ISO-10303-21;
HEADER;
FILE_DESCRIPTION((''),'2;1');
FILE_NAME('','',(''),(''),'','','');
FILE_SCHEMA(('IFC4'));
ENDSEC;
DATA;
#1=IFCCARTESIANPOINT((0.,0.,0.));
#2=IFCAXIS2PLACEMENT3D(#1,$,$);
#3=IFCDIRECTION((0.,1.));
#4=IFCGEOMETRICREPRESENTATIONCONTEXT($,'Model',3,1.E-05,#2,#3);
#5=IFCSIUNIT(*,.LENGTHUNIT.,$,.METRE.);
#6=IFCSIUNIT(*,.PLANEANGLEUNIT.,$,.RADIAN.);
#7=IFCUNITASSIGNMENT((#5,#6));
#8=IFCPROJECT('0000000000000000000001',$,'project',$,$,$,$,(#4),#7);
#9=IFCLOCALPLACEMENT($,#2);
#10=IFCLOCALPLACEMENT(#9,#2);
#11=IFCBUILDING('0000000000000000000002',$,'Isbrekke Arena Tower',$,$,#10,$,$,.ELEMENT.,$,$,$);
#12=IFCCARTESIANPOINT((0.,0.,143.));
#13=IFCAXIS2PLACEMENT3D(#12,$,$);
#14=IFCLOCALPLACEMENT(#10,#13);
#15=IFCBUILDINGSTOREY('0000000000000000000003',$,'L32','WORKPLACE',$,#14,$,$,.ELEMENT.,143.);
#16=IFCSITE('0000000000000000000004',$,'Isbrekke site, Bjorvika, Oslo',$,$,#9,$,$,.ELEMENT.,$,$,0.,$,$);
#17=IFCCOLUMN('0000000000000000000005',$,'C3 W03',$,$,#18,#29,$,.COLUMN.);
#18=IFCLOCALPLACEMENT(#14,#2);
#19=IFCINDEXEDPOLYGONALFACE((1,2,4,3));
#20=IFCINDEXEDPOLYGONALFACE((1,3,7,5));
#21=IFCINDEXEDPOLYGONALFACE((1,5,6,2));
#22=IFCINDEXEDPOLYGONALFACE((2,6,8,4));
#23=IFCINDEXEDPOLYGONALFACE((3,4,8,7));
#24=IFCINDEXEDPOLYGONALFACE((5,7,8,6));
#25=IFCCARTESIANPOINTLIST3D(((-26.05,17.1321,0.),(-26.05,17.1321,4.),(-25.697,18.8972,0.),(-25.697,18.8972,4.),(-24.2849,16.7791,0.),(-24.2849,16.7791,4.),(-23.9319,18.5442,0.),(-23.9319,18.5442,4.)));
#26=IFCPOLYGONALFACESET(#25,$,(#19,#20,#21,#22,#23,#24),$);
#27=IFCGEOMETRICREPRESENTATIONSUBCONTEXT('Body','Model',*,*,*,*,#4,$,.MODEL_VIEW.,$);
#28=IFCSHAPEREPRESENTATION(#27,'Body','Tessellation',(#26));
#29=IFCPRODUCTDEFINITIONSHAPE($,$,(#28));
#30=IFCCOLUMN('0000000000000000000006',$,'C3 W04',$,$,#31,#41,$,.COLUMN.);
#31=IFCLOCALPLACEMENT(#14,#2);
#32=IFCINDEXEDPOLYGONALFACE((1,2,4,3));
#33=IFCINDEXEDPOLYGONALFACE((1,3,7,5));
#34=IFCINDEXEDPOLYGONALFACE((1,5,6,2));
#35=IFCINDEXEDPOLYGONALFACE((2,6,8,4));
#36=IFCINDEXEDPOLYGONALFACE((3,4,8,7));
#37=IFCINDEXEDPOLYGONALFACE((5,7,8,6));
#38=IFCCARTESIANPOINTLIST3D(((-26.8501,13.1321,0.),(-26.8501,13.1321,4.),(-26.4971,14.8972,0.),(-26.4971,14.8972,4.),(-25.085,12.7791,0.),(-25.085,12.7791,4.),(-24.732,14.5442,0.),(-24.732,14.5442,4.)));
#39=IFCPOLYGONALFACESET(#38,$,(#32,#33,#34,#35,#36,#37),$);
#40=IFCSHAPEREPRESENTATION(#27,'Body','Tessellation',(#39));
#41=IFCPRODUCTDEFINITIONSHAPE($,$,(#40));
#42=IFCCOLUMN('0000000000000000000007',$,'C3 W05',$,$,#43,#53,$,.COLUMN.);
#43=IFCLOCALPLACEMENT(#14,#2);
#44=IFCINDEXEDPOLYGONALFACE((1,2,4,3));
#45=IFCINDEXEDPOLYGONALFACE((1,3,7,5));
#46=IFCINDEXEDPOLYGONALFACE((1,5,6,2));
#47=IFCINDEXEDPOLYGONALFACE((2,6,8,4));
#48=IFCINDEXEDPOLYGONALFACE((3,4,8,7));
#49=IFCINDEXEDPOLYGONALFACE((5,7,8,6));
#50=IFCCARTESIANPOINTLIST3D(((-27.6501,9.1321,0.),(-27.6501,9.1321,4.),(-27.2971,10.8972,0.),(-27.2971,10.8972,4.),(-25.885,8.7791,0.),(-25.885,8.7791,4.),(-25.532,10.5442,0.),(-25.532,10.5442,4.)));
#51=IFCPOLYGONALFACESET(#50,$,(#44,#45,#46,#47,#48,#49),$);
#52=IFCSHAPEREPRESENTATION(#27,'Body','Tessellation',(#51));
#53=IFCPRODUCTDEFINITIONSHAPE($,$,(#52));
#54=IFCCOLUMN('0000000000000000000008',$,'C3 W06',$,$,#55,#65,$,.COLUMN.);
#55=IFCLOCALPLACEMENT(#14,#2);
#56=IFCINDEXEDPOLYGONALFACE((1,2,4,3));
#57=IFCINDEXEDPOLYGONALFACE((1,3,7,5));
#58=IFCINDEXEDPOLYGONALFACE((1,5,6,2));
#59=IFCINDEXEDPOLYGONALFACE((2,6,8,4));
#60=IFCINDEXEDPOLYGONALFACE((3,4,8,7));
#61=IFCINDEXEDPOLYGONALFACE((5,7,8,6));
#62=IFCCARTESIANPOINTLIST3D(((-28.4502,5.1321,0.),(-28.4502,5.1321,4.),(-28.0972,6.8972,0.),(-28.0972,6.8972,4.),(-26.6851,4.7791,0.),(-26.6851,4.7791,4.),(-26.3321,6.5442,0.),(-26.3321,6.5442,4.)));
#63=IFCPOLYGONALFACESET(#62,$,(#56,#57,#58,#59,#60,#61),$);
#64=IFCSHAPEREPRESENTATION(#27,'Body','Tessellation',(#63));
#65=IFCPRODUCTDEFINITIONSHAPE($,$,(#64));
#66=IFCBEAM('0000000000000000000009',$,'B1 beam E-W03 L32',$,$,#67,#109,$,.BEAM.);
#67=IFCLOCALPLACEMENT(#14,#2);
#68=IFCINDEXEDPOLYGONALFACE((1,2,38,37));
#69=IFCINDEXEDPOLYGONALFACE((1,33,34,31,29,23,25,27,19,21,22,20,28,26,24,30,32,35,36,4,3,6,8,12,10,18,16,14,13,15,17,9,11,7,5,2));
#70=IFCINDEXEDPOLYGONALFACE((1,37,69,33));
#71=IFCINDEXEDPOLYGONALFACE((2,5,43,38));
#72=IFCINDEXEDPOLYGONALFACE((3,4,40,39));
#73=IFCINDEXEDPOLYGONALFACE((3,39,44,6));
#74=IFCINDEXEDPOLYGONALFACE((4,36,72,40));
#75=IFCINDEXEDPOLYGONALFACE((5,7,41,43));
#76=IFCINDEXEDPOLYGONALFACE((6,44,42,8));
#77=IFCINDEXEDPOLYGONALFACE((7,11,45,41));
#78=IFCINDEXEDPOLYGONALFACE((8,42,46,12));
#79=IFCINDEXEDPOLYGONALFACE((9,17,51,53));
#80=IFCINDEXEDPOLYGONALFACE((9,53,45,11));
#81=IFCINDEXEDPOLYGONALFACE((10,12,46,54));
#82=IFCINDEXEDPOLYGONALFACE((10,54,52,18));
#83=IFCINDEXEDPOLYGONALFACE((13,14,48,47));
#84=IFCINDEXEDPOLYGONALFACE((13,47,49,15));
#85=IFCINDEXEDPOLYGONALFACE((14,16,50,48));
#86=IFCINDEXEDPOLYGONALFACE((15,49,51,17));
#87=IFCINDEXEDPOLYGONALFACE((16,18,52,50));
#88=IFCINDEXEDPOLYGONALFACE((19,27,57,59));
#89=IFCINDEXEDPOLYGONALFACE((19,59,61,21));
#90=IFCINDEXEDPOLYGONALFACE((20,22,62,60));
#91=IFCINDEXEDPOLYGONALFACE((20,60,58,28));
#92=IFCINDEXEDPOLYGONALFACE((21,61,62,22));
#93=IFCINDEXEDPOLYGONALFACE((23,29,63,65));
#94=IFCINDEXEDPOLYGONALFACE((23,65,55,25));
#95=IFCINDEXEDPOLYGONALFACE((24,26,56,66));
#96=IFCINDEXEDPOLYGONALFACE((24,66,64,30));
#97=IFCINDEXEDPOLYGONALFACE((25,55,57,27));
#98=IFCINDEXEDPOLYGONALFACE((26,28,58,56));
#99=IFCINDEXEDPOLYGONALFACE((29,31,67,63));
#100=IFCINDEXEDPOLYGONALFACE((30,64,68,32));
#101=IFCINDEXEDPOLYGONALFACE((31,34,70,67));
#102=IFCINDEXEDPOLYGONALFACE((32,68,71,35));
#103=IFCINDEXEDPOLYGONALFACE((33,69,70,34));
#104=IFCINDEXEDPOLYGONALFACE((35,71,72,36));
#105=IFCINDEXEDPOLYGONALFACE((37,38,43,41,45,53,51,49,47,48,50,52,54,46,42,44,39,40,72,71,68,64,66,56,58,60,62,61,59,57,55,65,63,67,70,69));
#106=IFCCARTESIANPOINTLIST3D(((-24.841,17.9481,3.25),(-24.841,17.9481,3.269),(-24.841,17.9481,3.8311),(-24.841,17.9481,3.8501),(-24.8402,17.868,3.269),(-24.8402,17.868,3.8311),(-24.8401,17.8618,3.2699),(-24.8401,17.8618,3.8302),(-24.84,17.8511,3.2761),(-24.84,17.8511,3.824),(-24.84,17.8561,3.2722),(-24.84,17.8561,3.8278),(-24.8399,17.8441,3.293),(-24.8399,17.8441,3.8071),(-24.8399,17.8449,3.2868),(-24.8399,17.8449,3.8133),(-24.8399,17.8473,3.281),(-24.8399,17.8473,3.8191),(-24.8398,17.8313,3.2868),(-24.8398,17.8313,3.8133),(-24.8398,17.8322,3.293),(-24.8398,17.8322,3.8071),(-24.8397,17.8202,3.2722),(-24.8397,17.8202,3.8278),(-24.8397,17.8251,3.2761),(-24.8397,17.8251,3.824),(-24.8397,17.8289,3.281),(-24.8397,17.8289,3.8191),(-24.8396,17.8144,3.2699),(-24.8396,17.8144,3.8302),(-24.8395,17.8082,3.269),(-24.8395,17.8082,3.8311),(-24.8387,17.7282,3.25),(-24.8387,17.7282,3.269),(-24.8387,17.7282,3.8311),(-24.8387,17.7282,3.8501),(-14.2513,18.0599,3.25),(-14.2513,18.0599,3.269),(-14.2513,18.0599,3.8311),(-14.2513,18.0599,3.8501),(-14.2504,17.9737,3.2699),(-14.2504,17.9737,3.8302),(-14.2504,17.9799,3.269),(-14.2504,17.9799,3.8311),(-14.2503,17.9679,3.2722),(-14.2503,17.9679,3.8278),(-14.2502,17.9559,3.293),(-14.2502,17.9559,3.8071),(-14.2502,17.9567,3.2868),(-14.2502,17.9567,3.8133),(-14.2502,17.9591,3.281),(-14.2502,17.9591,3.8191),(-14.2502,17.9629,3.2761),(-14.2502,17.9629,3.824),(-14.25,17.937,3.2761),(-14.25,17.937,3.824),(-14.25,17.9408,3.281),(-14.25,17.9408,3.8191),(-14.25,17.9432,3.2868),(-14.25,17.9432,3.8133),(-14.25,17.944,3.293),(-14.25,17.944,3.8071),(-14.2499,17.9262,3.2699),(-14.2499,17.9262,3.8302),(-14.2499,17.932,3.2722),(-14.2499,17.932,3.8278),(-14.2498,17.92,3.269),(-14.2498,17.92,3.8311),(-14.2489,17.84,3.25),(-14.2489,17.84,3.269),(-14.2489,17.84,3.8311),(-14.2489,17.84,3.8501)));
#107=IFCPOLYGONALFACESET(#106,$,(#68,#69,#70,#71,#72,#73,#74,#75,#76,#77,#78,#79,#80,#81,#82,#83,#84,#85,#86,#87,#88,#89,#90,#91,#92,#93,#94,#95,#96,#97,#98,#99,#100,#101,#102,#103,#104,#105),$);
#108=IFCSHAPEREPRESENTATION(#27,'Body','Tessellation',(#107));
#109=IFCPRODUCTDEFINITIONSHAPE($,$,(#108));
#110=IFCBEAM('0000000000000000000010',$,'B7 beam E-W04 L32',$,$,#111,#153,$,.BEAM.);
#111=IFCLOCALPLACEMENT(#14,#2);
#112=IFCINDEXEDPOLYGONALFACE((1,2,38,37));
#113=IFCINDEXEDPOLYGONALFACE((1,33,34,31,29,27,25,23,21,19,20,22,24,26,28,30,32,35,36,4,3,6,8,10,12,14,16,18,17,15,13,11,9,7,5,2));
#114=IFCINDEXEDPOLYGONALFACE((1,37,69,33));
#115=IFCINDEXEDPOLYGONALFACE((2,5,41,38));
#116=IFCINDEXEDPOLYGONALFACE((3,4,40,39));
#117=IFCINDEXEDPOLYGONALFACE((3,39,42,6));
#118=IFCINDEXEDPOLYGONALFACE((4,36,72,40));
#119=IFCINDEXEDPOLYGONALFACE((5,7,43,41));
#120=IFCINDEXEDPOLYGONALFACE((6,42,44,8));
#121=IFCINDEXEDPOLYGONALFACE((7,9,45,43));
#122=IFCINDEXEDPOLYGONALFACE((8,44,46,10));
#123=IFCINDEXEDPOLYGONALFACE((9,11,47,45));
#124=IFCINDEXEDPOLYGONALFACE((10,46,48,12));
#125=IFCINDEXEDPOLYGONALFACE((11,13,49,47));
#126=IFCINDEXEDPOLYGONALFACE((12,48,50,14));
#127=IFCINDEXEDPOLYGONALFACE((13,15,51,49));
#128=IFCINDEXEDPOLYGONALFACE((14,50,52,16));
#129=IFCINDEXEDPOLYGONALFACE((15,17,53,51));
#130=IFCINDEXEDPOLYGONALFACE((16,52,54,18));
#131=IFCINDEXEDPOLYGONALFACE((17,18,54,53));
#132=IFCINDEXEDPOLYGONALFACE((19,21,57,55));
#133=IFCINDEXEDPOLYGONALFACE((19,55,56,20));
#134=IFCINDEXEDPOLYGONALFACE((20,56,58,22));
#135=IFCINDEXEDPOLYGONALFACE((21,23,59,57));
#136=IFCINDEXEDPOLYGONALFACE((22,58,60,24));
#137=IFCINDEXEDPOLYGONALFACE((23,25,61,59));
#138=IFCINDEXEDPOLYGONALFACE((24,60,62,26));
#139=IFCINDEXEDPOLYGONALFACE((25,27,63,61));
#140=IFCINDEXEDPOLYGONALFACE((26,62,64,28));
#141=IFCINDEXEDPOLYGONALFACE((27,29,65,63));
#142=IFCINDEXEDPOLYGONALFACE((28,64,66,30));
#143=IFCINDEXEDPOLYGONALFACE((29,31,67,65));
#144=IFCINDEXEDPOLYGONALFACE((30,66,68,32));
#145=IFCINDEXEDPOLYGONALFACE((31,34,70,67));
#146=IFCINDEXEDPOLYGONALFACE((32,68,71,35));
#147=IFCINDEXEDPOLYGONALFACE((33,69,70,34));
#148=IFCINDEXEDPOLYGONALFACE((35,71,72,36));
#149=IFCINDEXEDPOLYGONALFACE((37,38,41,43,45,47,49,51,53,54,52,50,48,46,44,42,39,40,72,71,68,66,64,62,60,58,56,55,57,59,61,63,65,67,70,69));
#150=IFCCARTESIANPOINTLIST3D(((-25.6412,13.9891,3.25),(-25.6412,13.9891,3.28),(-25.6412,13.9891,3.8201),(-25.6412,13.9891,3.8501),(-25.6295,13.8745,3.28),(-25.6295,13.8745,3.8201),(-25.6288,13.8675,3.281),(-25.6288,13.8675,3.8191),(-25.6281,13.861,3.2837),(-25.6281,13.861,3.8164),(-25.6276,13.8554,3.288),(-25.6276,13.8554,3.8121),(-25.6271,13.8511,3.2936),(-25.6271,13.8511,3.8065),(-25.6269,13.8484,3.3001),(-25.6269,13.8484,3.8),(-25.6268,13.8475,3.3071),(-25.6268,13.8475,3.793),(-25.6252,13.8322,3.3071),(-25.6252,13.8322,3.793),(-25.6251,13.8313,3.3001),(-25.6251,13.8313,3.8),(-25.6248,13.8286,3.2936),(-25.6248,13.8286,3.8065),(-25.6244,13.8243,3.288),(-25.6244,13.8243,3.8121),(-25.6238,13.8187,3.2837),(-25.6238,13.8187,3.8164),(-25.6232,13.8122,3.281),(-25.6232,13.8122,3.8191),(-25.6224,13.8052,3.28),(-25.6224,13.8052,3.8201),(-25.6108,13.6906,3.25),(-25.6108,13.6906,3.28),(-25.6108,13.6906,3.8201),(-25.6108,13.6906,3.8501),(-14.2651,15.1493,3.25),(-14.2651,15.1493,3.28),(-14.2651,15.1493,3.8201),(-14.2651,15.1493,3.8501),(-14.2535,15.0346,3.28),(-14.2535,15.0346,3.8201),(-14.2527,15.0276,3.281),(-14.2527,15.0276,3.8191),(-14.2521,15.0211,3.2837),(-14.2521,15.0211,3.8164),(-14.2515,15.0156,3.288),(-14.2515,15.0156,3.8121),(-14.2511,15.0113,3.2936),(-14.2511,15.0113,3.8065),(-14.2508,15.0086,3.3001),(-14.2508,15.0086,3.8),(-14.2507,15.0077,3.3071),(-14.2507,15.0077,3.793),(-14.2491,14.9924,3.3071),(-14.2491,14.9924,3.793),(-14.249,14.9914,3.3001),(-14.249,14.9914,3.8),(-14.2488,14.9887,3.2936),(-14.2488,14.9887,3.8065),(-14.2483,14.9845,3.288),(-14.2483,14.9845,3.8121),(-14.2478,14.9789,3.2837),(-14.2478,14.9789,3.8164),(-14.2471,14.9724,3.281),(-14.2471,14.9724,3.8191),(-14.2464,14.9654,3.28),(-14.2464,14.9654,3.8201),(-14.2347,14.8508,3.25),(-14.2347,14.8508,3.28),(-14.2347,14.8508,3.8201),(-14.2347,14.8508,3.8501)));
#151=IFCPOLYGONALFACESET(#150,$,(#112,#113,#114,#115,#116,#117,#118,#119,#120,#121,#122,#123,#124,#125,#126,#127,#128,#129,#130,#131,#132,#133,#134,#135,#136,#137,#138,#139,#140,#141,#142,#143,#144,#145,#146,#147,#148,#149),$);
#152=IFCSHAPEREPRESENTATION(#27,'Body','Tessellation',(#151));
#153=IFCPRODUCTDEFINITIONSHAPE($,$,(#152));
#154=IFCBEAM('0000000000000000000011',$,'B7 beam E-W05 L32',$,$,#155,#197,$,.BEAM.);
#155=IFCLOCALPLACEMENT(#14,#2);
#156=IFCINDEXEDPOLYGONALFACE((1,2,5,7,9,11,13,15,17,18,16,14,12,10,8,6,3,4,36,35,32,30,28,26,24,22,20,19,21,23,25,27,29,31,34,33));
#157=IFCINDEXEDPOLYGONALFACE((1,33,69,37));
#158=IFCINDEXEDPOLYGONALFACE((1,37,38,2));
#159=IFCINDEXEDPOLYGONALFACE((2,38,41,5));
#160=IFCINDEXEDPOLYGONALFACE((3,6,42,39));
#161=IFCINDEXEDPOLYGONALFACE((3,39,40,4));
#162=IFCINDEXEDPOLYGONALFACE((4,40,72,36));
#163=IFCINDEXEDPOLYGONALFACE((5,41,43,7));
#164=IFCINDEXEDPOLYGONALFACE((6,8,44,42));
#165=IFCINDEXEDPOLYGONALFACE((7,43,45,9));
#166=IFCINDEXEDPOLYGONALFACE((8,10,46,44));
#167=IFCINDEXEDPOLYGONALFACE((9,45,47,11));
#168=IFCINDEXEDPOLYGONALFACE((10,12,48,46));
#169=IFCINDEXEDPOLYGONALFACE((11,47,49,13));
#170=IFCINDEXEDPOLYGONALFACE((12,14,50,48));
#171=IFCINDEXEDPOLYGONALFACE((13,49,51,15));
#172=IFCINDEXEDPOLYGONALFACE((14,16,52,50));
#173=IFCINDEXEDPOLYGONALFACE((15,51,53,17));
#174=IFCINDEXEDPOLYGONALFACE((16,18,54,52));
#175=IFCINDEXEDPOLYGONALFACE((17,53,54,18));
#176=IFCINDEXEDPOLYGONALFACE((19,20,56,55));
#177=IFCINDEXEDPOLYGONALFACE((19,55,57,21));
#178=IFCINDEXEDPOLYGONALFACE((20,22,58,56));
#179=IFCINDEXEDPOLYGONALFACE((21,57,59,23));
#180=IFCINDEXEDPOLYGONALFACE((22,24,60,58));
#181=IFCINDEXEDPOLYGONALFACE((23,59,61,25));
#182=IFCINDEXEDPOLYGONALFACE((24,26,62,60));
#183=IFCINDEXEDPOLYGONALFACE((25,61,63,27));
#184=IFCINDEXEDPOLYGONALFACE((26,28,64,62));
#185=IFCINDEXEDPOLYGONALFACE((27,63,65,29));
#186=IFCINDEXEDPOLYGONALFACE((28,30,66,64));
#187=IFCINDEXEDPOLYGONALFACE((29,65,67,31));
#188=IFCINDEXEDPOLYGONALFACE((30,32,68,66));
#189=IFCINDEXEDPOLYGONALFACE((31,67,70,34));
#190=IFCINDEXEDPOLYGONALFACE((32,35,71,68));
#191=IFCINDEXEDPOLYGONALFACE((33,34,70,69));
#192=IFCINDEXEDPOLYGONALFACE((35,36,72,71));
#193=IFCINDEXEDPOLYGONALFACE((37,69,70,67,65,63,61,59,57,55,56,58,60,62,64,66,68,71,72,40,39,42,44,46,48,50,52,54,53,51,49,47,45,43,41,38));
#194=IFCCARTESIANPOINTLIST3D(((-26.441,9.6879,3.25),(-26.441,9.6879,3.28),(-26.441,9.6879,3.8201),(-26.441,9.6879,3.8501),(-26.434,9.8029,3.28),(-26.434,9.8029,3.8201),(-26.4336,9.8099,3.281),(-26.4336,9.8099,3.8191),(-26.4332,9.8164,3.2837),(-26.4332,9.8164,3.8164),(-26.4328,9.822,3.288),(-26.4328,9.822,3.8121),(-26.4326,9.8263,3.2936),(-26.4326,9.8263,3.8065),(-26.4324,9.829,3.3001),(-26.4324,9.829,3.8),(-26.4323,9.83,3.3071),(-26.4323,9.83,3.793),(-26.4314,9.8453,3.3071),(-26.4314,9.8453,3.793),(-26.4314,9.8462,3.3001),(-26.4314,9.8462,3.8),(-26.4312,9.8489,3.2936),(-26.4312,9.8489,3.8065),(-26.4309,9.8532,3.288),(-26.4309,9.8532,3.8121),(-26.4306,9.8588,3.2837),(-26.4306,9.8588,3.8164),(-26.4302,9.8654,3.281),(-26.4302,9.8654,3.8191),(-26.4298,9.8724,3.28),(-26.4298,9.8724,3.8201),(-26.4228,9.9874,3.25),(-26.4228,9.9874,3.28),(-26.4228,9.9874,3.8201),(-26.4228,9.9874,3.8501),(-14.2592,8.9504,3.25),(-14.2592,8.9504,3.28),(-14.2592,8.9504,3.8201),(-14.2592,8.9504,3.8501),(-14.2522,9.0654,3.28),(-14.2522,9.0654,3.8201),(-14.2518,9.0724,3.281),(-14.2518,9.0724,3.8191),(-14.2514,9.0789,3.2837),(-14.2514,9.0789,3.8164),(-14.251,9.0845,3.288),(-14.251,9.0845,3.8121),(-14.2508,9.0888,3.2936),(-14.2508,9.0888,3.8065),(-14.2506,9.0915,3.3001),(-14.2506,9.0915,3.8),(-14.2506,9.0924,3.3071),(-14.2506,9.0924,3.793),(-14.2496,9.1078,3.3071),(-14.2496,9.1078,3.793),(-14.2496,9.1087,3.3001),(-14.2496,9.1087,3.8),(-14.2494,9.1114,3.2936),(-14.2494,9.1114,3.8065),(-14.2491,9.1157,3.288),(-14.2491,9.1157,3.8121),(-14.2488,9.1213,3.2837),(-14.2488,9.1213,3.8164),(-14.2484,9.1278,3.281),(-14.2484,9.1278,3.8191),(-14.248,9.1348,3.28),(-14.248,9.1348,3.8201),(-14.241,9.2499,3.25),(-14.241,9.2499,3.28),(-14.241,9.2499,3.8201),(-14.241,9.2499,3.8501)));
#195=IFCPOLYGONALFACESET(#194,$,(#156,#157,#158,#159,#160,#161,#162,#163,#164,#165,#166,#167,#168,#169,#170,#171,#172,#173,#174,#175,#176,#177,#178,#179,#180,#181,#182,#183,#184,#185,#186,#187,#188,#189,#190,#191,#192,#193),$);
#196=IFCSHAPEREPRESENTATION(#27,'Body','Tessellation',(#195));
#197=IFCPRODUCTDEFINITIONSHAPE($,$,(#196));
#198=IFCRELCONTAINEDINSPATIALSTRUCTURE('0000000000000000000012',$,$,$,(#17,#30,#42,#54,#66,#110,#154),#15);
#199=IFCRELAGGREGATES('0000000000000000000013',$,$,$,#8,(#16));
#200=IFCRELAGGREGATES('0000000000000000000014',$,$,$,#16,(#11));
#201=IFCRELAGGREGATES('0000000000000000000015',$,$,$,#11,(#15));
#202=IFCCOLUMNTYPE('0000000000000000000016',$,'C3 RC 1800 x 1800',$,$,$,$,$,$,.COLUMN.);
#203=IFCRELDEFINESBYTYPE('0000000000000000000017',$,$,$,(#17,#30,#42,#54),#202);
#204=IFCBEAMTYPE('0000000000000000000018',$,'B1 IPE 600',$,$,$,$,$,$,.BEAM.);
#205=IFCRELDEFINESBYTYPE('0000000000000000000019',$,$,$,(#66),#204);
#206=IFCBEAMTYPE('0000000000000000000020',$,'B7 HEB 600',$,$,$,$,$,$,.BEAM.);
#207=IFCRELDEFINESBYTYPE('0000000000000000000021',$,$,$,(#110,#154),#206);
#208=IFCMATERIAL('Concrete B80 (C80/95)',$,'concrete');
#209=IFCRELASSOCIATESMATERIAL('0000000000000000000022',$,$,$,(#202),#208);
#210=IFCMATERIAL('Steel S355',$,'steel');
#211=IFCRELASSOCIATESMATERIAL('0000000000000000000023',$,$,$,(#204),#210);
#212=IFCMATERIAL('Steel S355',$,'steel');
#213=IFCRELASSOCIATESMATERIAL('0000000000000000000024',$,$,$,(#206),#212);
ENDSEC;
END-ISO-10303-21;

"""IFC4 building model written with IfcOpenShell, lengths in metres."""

from ifc_helpers import new_model, si_unit, direction, frame, origin, origin_2d, place, context, subcontext, project, spatial, rectangle, i_section, extrude, material, material_profile, profile_set, type_object, element, save


model = new_model("IFC4")

# Units and contexts
model_context = context("Model", 3, precision=1e-05, world=origin(), true_north=direction((0.0, 1.0)))
body_context = subcontext(model_context, "Body", "Model", "MODEL_VIEW")
ifc_project = project(units=[si_unit("LENGTHUNIT", "METRE"), si_unit("PLANEANGLEUNIT", "RADIAN")], contexts=[model_context])

# Site, building, storey
site_placement = place(None, origin())
site = spatial("IfcSite", under=ifc_project, at=site_placement, Name="Isbrekke site, Bjorvika, Oslo", CompositionType="ELEMENT", RefElevation=0.0)
building_placement = place(site_placement, origin())
building = spatial("IfcBuilding", under=site, at=building_placement, Name="Isbrekke Arena Tower", CompositionType="ELEMENT")
storey_placement = place(building_placement, frame((0.0, 0.0, 143.0)))
storey = spatial("IfcBuildingStorey", under=building, at=storey_placement, Name="L32", Description="WORKPLACE", CompositionType="ELEMENT", Elevation=143.0)

# Columns
ifc_material_1 = material(Name="Concrete B80 (C80/95)", Category="concrete")
ifc_material_profile_1 = material_profile(ifc_material_1, rectangle(XDim=1.8, YDim=1.8, at=origin_2d()), Name="RC 1800x1800")
ifc_profile_set_1 = profile_set([ifc_material_profile_1], Name="Concrete B80 (C80/95)")
column_type = type_object("IfcColumnType", Name="C3 RC 1800 x 1800", PredefinedType="COLUMN", material=ifc_profile_set_1)
for number, where, z_axis, x_axis, name in (
    (1, (-24.991, 17.8381, 0.0), (0.0, 0.0, 1.0), (-0.196116, -0.980581, 0.0), "C3 W03"),
    (2, (-25.791, 13.8381, 0.0), (0.0, 0.0, 1.0), (-0.196116, -0.980581, 0.0), "C3 W04"),
    (3, (-26.5911, 9.8381, 0.0), (0.0, 0.0, 1.0), (-0.196116, -0.980581, 0.0), "C3 W05"),
    (4, (-27.3911, 5.8381, 0.0), (0.0, 0.0, 1.0), (-0.196116, -0.980581, 0.0), "C3 W06"),
):
    element("IfcColumn", number, at=place(storey_placement, frame(where, z_axis=z_axis, x_axis=x_axis)), inside=storey, type_object=column_type, Name=name, PredefinedType="COLUMN", context=body_context, shape_type="SweptSolid", body=[
        extrude(rectangle(XDim=1.8, YDim=1.8, at=origin_2d()), origin(), (0.0, 0.0, 1.0), 4.0),
    ])

# Beams
ifc_material_2 = material(Name="Steel S355", Category="steel")
ifc_material_profile_2 = material_profile(ifc_material_2, i_section(OverallWidth=0.22, OverallDepth=0.6001, WebThickness=0.012, FlangeThickness=0.019, FilletRadius=0.0239, at=origin_2d()), Name="IPE 600")
ifc_profile_set_2 = profile_set([ifc_material_profile_2], Name="Steel S355")
beam_type_1 = type_object("IfcBeamType", Name="B1 IPE 600", PredefinedType="BEAM", material=ifc_profile_set_2)
beam_1_placement = place(storey_placement, frame((-24.8398, 17.8381, 3.55), z_axis=(0.999944, 0.010558, 0.0), x_axis=(-0.010558, 0.999944, 0.0)))
element("IfcBeam", 5, at=beam_1_placement, inside=storey, type_object=beam_type_1, Name="B1 beam E-W03 L32", PredefinedType="BEAM", context=body_context, shape_type="SweptSolid", body=[
    extrude(i_section(OverallWidth=0.22, OverallDepth=0.6001, WebThickness=0.012, FlangeThickness=0.019, FilletRadius=0.0239, at=origin_2d()), origin(), (0.0, 0.0, 1.0), 10.5903),
])
ifc_material_3 = material(Name="Steel S355", Category="steel")
ifc_material_profile_3 = material_profile(ifc_material_3, i_section(OverallWidth=0.3, OverallDepth=0.6001, WebThickness=0.0154, FlangeThickness=0.03, FilletRadius=0.0271, at=origin_2d()), Name="HEB 600")
ifc_profile_set_3 = profile_set([ifc_material_profile_3], Name="Steel S355")
beam_type_2 = type_object("IfcBeamType", Name="B7 HEB 600", PredefinedType="BEAM", material=ifc_profile_set_3)
beam_2_placement = place(storey_placement, frame((-25.626, 13.8398, 3.55), z_axis=(0.99484, 0.101457, 0.0), x_axis=(-0.101457, 0.99484, 0.0)))
element("IfcBeam", 6, at=beam_2_placement, inside=storey, type_object=beam_type_2, Name="B7 beam E-W04 L32", PredefinedType="BEAM", context=body_context, shape_type="SweptSolid", body=[
    extrude(i_section(OverallWidth=0.3, OverallDepth=0.6001, WebThickness=0.0154, FlangeThickness=0.03, FilletRadius=0.0271, at=origin_2d()), origin(), (0.0, 0.0, 1.0), 11.4351),
])
beam_3_placement = place(storey_placement, frame((-26.4319, 9.8376, 3.55), z_axis=(0.998172, -0.060434, 0.0), x_axis=(0.060434, 0.998172, 0.0)))
element("IfcBeam", 7, at=beam_3_placement, inside=storey, type_object=beam_type_2, Name="B7 beam E-W05 L32", PredefinedType="BEAM", context=body_context, shape_type="SweptSolid", body=[
    extrude(i_section(OverallWidth=0.3, OverallDepth=0.6001, WebThickness=0.0154, FlangeThickness=0.03, FilletRadius=0.0271, at=origin_2d()), origin(), (0.0, 0.0, 1.0), 12.2041),
])

save(model, "model.ifc")
